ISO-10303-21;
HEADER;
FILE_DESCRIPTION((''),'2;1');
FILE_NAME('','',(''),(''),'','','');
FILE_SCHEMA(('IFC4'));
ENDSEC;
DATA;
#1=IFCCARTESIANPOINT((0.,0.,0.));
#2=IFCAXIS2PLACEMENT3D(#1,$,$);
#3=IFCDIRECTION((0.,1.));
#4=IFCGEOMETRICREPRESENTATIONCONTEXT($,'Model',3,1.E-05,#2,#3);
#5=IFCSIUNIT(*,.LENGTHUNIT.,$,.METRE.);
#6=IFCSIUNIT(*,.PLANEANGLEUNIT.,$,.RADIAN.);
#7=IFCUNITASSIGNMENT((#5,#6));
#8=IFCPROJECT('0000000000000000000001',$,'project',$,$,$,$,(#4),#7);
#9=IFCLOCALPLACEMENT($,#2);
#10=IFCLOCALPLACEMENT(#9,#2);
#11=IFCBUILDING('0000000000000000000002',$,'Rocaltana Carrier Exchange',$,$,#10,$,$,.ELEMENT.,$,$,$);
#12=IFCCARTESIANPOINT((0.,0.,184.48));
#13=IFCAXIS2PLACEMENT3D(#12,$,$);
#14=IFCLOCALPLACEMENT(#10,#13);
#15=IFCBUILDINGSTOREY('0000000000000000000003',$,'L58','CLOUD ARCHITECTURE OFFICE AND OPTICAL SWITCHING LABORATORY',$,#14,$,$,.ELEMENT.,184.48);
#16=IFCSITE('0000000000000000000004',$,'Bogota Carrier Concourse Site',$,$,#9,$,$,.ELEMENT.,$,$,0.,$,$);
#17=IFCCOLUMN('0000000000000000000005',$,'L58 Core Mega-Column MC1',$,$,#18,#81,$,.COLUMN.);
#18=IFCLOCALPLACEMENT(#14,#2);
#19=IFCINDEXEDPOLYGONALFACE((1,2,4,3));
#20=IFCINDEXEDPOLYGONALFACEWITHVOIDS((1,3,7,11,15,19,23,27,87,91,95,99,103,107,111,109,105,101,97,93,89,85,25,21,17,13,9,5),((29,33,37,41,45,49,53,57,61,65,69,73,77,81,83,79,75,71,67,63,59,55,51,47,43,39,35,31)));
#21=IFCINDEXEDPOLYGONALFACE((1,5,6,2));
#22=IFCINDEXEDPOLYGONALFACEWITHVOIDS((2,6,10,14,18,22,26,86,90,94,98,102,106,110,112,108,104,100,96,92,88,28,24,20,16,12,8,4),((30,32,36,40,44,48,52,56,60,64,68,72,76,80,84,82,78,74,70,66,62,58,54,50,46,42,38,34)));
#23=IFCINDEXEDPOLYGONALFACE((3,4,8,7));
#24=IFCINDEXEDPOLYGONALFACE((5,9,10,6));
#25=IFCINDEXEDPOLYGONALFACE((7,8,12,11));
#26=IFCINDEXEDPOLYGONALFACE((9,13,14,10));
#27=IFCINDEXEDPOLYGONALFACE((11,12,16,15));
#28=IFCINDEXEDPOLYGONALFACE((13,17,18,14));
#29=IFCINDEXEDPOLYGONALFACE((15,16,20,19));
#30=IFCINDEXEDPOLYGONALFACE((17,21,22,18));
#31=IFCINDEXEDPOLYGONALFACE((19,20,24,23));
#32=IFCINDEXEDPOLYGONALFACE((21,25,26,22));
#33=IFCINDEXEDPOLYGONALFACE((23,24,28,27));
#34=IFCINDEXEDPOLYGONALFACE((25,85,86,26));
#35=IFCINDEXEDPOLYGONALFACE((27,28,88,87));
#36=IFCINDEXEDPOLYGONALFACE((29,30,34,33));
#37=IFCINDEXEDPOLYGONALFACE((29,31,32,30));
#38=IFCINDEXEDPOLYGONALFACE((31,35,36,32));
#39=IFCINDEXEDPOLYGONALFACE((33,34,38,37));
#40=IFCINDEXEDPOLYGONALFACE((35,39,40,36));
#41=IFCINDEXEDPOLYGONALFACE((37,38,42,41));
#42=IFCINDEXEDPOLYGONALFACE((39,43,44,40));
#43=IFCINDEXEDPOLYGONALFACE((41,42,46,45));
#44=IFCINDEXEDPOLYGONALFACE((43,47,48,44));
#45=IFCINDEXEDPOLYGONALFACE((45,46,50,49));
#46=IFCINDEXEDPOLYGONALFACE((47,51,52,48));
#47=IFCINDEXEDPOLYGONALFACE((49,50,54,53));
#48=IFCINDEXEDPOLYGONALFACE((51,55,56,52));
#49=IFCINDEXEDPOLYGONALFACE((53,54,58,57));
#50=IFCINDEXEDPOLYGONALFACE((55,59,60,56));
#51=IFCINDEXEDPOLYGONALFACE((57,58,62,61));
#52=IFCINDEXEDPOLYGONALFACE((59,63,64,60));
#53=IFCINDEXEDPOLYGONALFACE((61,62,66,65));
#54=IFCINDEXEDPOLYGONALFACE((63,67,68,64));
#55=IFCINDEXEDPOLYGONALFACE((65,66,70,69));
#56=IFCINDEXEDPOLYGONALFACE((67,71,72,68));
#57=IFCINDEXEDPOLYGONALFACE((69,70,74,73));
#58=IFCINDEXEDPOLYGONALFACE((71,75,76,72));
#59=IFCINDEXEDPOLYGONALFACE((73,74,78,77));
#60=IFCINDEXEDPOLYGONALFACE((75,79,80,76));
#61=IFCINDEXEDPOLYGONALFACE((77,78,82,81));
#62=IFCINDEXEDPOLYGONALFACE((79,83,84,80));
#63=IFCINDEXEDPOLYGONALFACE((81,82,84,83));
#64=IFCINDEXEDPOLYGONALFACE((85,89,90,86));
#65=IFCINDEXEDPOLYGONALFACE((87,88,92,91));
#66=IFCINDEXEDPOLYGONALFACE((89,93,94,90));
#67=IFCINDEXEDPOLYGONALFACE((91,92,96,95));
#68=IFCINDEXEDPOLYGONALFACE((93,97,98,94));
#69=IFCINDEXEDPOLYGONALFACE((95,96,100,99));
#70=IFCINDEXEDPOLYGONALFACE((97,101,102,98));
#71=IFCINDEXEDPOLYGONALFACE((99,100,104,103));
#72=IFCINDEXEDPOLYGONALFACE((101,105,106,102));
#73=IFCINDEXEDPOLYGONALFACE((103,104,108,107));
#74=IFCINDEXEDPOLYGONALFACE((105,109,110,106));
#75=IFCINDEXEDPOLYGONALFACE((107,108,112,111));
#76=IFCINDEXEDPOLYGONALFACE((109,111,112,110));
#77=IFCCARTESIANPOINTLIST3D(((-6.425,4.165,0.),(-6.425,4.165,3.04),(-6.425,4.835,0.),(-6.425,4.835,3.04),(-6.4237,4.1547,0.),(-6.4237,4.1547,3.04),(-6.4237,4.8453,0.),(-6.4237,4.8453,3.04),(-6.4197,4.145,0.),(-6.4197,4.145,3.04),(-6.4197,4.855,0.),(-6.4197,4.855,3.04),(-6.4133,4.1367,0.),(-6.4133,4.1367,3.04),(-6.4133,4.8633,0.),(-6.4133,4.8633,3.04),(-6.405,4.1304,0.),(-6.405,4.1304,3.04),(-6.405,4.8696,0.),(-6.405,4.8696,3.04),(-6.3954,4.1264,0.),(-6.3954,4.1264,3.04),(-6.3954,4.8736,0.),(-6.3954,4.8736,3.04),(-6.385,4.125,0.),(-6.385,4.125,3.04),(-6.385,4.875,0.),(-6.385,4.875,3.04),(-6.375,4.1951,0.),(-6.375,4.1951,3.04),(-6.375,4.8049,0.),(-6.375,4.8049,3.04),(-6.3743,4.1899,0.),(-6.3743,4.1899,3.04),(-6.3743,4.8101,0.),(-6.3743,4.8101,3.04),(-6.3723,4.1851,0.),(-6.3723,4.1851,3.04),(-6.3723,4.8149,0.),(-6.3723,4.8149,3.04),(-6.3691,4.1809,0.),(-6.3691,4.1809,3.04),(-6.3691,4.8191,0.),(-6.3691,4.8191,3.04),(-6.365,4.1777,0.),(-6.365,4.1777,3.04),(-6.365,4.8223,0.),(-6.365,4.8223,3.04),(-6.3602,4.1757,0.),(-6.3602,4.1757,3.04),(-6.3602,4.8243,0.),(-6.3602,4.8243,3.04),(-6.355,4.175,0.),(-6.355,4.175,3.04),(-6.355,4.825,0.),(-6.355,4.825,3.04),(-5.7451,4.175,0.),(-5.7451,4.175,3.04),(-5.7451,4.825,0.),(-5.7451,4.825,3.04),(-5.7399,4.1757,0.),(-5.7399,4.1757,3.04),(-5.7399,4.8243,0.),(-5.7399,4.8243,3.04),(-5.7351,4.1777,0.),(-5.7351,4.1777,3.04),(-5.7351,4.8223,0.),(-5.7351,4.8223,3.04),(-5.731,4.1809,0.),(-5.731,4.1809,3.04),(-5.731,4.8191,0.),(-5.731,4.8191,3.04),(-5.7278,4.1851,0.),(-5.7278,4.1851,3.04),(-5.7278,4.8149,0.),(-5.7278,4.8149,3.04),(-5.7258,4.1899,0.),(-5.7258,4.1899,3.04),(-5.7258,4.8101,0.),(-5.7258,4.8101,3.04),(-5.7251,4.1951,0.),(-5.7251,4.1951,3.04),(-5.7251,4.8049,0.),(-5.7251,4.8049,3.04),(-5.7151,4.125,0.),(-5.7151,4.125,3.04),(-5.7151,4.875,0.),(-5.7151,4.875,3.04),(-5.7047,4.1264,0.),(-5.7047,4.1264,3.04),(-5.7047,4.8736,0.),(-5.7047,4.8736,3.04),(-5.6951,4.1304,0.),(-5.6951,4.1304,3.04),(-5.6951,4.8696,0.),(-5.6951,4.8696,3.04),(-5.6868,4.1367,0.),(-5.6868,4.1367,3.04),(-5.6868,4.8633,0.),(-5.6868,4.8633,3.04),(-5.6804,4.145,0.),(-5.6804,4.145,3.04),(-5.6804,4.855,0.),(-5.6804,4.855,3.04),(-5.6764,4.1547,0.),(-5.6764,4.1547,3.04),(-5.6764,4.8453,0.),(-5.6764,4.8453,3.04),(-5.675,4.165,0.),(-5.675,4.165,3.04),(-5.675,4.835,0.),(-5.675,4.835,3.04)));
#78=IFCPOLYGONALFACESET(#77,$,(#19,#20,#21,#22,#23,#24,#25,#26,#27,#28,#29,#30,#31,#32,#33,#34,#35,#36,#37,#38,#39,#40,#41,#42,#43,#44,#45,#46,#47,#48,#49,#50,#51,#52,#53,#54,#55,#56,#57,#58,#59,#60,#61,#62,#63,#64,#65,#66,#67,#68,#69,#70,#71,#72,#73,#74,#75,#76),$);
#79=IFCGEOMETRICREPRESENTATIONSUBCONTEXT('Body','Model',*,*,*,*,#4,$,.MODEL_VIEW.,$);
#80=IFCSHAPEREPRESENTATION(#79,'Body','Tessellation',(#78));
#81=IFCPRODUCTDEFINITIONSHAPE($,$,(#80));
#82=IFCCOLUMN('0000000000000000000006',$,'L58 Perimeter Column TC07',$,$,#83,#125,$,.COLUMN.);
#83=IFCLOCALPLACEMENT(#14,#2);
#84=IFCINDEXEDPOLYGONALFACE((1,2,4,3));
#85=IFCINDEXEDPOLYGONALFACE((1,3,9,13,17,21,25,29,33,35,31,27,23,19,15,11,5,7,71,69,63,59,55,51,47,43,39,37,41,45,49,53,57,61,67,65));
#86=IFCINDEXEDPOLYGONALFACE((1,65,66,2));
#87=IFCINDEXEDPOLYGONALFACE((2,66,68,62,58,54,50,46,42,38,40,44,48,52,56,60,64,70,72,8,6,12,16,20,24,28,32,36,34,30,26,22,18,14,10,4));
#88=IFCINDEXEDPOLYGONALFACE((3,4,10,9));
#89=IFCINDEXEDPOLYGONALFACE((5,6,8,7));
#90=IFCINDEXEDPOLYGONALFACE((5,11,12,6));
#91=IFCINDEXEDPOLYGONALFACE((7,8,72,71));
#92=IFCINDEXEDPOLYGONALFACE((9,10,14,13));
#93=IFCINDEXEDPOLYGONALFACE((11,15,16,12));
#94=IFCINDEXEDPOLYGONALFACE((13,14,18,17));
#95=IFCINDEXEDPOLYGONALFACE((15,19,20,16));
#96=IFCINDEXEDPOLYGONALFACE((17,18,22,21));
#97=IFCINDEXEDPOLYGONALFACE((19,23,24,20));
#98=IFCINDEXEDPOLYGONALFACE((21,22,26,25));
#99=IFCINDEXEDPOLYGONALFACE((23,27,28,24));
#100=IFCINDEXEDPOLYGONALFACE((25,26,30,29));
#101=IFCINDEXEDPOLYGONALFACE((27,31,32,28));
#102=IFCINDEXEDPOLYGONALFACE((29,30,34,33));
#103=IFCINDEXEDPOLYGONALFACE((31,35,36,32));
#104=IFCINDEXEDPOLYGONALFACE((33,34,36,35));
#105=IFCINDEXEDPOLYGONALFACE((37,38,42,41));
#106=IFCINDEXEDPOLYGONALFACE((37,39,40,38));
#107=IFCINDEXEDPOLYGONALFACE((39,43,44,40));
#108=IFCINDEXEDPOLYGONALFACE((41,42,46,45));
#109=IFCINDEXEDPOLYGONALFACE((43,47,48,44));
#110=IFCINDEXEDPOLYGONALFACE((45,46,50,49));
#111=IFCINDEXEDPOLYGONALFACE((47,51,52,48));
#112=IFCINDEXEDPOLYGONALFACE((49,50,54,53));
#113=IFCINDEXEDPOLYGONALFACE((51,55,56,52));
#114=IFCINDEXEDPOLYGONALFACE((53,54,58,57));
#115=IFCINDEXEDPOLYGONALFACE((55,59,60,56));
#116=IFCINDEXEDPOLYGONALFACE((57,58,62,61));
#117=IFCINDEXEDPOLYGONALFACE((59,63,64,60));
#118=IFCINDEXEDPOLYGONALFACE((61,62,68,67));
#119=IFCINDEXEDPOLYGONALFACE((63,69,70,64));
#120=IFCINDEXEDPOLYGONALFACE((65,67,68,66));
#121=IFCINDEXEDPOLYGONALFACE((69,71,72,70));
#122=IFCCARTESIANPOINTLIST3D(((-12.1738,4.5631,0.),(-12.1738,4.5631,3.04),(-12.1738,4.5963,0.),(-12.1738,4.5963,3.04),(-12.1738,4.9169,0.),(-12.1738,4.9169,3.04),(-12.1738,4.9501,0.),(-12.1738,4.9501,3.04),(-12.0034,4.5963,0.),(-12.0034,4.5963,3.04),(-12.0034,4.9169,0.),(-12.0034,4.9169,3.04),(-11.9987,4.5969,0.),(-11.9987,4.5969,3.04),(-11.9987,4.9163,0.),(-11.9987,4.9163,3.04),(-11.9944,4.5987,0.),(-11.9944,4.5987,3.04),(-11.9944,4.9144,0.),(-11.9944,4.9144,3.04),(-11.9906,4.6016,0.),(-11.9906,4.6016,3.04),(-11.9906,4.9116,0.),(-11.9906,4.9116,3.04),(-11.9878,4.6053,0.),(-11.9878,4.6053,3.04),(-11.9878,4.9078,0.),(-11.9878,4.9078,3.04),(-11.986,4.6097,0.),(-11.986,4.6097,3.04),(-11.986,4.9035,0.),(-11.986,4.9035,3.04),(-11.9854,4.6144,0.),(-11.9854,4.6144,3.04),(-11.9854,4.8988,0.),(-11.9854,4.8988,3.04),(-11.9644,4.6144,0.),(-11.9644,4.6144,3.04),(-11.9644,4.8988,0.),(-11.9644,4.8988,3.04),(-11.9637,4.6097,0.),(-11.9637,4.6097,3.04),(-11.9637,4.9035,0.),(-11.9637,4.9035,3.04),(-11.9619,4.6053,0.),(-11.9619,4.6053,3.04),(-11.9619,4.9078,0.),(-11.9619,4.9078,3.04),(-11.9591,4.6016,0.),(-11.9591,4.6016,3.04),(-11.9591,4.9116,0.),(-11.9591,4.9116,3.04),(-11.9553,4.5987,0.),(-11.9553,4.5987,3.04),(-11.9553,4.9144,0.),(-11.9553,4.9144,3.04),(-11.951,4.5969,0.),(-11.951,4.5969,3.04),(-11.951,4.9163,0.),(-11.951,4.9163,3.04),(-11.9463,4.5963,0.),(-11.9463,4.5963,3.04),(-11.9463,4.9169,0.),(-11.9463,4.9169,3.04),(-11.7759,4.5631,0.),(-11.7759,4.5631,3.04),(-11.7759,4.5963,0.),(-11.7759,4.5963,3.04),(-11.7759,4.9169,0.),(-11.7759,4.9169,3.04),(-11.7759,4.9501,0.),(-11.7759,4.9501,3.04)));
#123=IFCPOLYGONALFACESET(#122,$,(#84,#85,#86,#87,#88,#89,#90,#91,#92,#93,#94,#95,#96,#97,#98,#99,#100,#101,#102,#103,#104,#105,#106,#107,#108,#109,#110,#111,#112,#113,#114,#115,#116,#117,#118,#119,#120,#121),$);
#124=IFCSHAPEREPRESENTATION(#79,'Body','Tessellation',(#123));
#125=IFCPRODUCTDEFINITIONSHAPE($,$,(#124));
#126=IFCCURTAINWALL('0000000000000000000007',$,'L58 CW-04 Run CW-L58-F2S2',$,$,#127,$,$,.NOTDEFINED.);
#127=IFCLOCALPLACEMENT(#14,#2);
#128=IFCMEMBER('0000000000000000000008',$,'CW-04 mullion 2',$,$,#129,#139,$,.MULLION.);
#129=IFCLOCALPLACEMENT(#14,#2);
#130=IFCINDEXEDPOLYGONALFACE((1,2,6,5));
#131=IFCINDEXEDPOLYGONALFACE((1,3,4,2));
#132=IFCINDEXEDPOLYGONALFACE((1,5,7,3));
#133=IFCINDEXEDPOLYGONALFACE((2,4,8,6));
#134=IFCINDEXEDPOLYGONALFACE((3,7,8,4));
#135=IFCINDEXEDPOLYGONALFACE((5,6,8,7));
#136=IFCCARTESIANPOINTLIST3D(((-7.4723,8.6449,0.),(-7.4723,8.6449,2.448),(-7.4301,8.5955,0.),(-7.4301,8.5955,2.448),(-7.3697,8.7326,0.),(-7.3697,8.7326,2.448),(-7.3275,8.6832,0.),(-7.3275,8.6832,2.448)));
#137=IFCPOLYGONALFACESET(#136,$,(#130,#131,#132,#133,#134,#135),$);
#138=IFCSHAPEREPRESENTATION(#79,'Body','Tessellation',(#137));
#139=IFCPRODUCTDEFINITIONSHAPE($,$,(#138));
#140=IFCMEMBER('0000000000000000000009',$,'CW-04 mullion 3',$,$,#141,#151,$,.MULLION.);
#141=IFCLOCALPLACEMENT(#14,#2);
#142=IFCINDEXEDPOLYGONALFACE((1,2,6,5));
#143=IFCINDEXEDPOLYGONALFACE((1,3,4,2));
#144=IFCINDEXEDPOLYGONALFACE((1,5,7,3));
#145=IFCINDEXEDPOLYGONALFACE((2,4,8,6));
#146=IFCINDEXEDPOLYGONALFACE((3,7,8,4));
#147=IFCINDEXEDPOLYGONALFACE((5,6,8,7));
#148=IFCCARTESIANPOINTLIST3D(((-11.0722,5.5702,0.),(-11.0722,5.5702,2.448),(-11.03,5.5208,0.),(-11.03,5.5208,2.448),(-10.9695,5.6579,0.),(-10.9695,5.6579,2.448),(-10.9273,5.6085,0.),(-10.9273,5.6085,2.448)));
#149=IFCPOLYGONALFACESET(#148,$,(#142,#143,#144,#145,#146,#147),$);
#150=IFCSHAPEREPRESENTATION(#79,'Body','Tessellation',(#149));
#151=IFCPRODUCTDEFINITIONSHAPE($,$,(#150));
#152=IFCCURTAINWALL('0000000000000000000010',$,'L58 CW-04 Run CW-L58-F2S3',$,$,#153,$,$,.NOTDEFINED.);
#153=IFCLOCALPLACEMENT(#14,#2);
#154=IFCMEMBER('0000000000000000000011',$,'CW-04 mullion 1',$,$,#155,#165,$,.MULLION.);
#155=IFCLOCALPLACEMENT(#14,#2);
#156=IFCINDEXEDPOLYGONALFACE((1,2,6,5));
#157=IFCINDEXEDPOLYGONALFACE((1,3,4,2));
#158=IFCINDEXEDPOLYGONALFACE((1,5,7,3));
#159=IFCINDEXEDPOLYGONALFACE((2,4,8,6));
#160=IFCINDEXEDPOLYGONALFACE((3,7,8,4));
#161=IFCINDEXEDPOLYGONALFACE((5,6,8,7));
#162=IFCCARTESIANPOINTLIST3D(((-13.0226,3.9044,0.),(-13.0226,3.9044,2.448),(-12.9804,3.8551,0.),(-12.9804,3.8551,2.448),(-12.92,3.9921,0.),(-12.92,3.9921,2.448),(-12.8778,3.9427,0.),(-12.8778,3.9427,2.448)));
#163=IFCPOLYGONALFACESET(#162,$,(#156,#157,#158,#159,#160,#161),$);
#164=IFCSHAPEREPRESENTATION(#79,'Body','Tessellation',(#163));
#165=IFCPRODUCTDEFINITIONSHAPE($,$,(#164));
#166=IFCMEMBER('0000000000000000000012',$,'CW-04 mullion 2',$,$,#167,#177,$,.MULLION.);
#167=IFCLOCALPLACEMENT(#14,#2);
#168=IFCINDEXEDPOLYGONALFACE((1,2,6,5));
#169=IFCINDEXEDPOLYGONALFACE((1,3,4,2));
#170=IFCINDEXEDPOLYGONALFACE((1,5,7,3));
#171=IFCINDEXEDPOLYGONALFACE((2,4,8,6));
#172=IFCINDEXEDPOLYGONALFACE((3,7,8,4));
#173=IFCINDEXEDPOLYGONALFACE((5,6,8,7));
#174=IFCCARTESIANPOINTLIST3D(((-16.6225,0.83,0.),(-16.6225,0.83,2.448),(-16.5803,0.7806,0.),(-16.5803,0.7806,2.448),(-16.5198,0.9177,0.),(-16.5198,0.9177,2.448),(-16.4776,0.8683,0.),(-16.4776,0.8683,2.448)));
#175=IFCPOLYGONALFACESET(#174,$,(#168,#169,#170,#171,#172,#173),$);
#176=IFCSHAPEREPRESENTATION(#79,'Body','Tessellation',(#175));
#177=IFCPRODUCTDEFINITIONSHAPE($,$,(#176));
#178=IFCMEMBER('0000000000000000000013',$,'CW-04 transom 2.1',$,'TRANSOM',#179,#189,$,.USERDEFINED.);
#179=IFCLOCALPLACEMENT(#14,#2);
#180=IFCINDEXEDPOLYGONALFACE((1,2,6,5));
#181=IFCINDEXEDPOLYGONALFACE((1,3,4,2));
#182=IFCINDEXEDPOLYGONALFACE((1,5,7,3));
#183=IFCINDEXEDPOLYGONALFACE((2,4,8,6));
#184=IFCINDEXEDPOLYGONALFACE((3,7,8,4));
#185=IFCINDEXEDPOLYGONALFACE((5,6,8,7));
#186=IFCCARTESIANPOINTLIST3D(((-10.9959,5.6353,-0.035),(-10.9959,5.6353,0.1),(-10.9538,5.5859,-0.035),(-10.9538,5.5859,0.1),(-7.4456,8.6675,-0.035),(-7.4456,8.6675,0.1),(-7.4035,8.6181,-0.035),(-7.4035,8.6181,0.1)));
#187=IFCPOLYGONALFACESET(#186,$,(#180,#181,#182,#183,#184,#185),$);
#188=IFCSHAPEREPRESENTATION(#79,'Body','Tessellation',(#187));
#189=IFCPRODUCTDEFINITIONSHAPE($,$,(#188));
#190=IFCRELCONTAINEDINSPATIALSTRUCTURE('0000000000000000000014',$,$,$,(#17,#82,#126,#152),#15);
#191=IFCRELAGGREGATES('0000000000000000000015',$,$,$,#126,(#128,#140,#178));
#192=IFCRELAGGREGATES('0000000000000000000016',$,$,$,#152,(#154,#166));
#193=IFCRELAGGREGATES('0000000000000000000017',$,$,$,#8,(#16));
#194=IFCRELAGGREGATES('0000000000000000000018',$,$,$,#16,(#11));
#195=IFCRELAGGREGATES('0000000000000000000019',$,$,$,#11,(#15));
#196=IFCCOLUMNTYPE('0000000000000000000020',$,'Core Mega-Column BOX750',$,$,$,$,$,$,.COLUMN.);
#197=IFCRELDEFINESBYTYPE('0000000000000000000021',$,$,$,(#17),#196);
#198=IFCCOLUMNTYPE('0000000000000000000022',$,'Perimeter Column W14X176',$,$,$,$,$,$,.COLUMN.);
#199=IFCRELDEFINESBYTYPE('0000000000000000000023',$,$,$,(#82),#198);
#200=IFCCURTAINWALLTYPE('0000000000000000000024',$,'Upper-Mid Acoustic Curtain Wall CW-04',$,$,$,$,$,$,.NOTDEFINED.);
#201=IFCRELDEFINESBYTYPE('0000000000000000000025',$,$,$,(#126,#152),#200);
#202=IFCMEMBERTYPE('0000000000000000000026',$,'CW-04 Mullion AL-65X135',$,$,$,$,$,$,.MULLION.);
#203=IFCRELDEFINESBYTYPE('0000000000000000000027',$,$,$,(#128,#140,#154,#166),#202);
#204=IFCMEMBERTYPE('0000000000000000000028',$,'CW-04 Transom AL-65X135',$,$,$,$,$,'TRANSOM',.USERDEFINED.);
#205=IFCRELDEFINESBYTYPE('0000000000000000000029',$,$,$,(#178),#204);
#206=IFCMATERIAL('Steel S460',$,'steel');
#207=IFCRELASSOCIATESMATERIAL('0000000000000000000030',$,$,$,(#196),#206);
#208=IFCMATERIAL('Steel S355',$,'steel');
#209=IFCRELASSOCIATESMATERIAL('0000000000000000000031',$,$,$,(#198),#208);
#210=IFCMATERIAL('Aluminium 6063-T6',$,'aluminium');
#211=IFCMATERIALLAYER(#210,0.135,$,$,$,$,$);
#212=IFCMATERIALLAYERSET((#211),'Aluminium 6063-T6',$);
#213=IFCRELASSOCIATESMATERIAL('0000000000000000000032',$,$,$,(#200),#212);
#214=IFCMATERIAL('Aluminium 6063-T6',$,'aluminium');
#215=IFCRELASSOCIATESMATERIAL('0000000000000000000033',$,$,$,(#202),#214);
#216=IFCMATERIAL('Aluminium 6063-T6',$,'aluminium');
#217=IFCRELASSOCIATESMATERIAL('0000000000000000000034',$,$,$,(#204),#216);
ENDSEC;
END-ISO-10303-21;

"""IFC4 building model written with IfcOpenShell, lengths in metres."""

from ifc_helpers import new_model, si_unit, direction, frame, origin, origin_2d, place, context, subcontext, project, spatial, rectangle, hollow_rectangle, i_section, extrude, material, layer, layer_set, material_profile, profile_set, type_object, element, aggregate, save


model = new_model("IFC4")

# Units and contexts
model_context = context("Model", 3, precision=1e-05, world=origin(), true_north=direction((0.0, 1.0)))
body_context = subcontext(model_context, "Body", "Model", "MODEL_VIEW")
ifc_project = project(units=[si_unit("LENGTHUNIT", "METRE"), si_unit("PLANEANGLEUNIT", "RADIAN")], contexts=[model_context])

# Site, building, storey
site_placement = place(None, origin())
site = spatial("IfcSite", under=ifc_project, at=site_placement, Name="Bogota Carrier Concourse Site", CompositionType="ELEMENT", RefElevation=0.0)
building_placement = place(site_placement, origin())
building = spatial("IfcBuilding", under=site, at=building_placement, Name="Rocaltana Carrier Exchange", CompositionType="ELEMENT")
storey_placement = place(building_placement, frame((0.0, 0.0, 184.48)))
storey = spatial("IfcBuildingStorey", under=building, at=storey_placement, Name="L58", Description="CLOUD ARCHITECTURE OFFICE AND OPTICAL SWITCHING LABORATORY", CompositionType="ELEMENT", Elevation=184.48)

# Columns
ifc_material_1 = material(Name="Steel S460", Category="steel")
ifc_material_profile_1 = material_profile(ifc_material_1, hollow_rectangle(XDim=0.75, YDim=0.75, WallThickness=0.05, InnerFilletRadius=0.02, OuterFilletRadius=0.04, at=origin_2d()), Name="BOX750X750X50")
ifc_profile_set_1 = profile_set([ifc_material_profile_1], Name="Steel S460")
column_type_1 = type_object("IfcColumnType", Name="Core Mega-Column BOX750", PredefinedType="COLUMN", material=ifc_profile_set_1)
column_1_placement = place(storey_placement, frame((-6.05, 4.5, 0.0), z_axis=(0.0, 0.0, 1.0), x_axis=(1.0, 0.0, 0.0)))
element("IfcColumn", 1, at=column_1_placement, inside=storey, type_object=column_type_1, Name="L58 Core Mega-Column MC1", PredefinedType="COLUMN", context=body_context, shape_type="SweptSolid", body=[
    extrude(hollow_rectangle(XDim=0.75, YDim=0.75, WallThickness=0.05, InnerFilletRadius=0.02, OuterFilletRadius=0.04, at=origin_2d()), origin(), (0.0, 0.0, 1.0), 3.04),
])
ifc_material_2 = material(Name="Steel S355", Category="steel")
ifc_material_profile_2 = material_profile(ifc_material_2, i_section(OverallWidth=0.3979, OverallDepth=0.387, WebThickness=0.021, FlangeThickness=0.0332, FilletRadius=0.0181, at=origin_2d()), Name="W14X176")
ifc_profile_set_2 = profile_set([ifc_material_profile_2], Name="Steel S355")
column_type_2 = type_object("IfcColumnType", Name="Perimeter Column W14X176", PredefinedType="COLUMN", material=ifc_profile_set_2)
column_2_placement = place(storey_placement, frame((-11.9749, 4.7566, 0.0), z_axis=(0.0, 0.0, 1.0), x_axis=(1.0, 0.0, 0.0)))
element("IfcColumn", 2, at=column_2_placement, inside=storey, type_object=column_type_2, Name="L58 Perimeter Column TC07", PredefinedType="COLUMN", context=body_context, shape_type="SweptSolid", body=[
    extrude(i_section(OverallWidth=0.3979, OverallDepth=0.387, WebThickness=0.021, FlangeThickness=0.0332, FilletRadius=0.0181, at=origin_2d()), origin(), (0.0, 0.0, 1.0), 3.04),
])

# Curtain walls, members
ifc_material_3 = material(Name="Aluminium 6063-T6", Category="aluminium")
ifc_layer_1 = layer(ifc_material_3, 0.135)
ifc_layer_set_1 = layer_set([ifc_layer_1], Name="Aluminium 6063-T6")
curtain_wall_type = type_object("IfcCurtainWallType", Name="Upper-Mid Acoustic Curtain Wall CW-04", PredefinedType="NOTDEFINED", material=ifc_layer_set_1)
curtain_wall_1_placement = place(storey_placement, origin())
curtain_wall_1 = element("IfcCurtainWall", 3, at=curtain_wall_1_placement, inside=storey, type_object=curtain_wall_type, Name="L58 CW-04 Run CW-L58-F2S2", PredefinedType="NOTDEFINED")
ifc_material_4 = material(Name="Aluminium 6063-T6", Category="aluminium")
ifc_material_profile_3 = material_profile(ifc_material_4, rectangle(XDim=0.0649, YDim=0.135, at=origin_2d()), Name="AL-65X135")
ifc_profile_set_3 = profile_set([ifc_material_profile_3], Name="Aluminium 6063-T6")
member_type_1 = type_object("IfcMemberType", Name="CW-04 Mullion AL-65X135", PredefinedType="MULLION", material=ifc_profile_set_3)
member_1_placement = place(storey_placement, frame((-7.3999, 8.6641, 0.0), z_axis=(0.0, 0.0, 1.0), x_axis=(0.649454, -0.760401, 0.0)))
member_1 = element("IfcMember", 4, at=member_1_placement, type_object=member_type_1, Name="CW-04 mullion 2", PredefinedType="MULLION", context=body_context, shape_type="SweptSolid", body=[
    extrude(rectangle(XDim=0.0649, YDim=0.135, at=origin_2d()), origin(), (0.0, 0.0, 1.0), 2.448),
])
member_2_placement = place(storey_placement, frame((-10.9998, 5.5894, 0.0), z_axis=(0.0, 0.0, 1.0), x_axis=(0.649454, -0.760401, 0.0)))
member_2 = element("IfcMember", 5, at=member_2_placement, type_object=member_type_1, Name="CW-04 mullion 3", PredefinedType="MULLION", context=body_context, shape_type="SweptSolid", body=[
    extrude(rectangle(XDim=0.0649, YDim=0.135, at=origin_2d()), origin(), (0.0, 0.0, 1.0), 2.448),
])
curtain_wall_2_placement = place(storey_placement, origin())
curtain_wall_2 = element("IfcCurtainWall", 6, at=curtain_wall_2_placement, inside=storey, type_object=curtain_wall_type, Name="L58 CW-04 Run CW-L58-F2S3", PredefinedType="NOTDEFINED")
member_3_placement = place(storey_placement, frame((-12.9502, 3.9236, 0.0), z_axis=(0.0, 0.0, 1.0), x_axis=(0.649448, -0.760406, 0.0)))
member_3 = element("IfcMember", 7, at=member_3_placement, type_object=member_type_1, Name="CW-04 mullion 1", PredefinedType="MULLION", context=body_context, shape_type="SweptSolid", body=[
    extrude(rectangle(XDim=0.0649, YDim=0.135, at=origin_2d()), origin(), (0.0, 0.0, 1.0), 2.448),
])
member_4_placement = place(storey_placement, frame((-16.55, 0.8491, 0.0), z_axis=(0.0, 0.0, 1.0), x_axis=(0.649448, -0.760406, 0.0)))
member_4 = element("IfcMember", 8, at=member_4_placement, type_object=member_type_1, Name="CW-04 mullion 2", PredefinedType="MULLION", context=body_context, shape_type="SweptSolid", body=[
    extrude(rectangle(XDim=0.0649, YDim=0.135, at=origin_2d()), origin(), (0.0, 0.0, 1.0), 2.448),
])

# Member
ifc_material_5 = material(Name="Aluminium 6063-T6", Category="aluminium")
ifc_material_profile_4 = material_profile(ifc_material_5, rectangle(XDim=0.0649, YDim=0.135, at=origin_2d()), Name="AL-65X135")
ifc_profile_set_4 = profile_set([ifc_material_profile_4], Name="Aluminium 6063-T6")
member_type_2 = type_object("IfcMemberType", Name="CW-04 Transom AL-65X135", ElementType="TRANSOM", PredefinedType="USERDEFINED", material=ifc_profile_set_4)
member_5_placement = place(storey_placement, frame((-7.4246, 8.6428, 0.0325), z_axis=(-0.760407, -0.649447, 0.0), x_axis=(0.649447, -0.760407, 0.0)))
member_5 = element("IfcMember", 9, at=member_5_placement, type_object=member_type_2, Name="CW-04 transom 2.1", ObjectType="TRANSOM", PredefinedType="USERDEFINED", context=body_context, shape_type="SweptSolid", body=[
    extrude(rectangle(XDim=0.0649, YDim=0.135, at=origin_2d()), origin(), (0.0, 0.0, 1.0), 4.6689),
])

aggregate(curtain_wall_1, [member_1, member_2, member_5])
aggregate(curtain_wall_2, [member_3, member_4])

save(model, "model.ifc")
